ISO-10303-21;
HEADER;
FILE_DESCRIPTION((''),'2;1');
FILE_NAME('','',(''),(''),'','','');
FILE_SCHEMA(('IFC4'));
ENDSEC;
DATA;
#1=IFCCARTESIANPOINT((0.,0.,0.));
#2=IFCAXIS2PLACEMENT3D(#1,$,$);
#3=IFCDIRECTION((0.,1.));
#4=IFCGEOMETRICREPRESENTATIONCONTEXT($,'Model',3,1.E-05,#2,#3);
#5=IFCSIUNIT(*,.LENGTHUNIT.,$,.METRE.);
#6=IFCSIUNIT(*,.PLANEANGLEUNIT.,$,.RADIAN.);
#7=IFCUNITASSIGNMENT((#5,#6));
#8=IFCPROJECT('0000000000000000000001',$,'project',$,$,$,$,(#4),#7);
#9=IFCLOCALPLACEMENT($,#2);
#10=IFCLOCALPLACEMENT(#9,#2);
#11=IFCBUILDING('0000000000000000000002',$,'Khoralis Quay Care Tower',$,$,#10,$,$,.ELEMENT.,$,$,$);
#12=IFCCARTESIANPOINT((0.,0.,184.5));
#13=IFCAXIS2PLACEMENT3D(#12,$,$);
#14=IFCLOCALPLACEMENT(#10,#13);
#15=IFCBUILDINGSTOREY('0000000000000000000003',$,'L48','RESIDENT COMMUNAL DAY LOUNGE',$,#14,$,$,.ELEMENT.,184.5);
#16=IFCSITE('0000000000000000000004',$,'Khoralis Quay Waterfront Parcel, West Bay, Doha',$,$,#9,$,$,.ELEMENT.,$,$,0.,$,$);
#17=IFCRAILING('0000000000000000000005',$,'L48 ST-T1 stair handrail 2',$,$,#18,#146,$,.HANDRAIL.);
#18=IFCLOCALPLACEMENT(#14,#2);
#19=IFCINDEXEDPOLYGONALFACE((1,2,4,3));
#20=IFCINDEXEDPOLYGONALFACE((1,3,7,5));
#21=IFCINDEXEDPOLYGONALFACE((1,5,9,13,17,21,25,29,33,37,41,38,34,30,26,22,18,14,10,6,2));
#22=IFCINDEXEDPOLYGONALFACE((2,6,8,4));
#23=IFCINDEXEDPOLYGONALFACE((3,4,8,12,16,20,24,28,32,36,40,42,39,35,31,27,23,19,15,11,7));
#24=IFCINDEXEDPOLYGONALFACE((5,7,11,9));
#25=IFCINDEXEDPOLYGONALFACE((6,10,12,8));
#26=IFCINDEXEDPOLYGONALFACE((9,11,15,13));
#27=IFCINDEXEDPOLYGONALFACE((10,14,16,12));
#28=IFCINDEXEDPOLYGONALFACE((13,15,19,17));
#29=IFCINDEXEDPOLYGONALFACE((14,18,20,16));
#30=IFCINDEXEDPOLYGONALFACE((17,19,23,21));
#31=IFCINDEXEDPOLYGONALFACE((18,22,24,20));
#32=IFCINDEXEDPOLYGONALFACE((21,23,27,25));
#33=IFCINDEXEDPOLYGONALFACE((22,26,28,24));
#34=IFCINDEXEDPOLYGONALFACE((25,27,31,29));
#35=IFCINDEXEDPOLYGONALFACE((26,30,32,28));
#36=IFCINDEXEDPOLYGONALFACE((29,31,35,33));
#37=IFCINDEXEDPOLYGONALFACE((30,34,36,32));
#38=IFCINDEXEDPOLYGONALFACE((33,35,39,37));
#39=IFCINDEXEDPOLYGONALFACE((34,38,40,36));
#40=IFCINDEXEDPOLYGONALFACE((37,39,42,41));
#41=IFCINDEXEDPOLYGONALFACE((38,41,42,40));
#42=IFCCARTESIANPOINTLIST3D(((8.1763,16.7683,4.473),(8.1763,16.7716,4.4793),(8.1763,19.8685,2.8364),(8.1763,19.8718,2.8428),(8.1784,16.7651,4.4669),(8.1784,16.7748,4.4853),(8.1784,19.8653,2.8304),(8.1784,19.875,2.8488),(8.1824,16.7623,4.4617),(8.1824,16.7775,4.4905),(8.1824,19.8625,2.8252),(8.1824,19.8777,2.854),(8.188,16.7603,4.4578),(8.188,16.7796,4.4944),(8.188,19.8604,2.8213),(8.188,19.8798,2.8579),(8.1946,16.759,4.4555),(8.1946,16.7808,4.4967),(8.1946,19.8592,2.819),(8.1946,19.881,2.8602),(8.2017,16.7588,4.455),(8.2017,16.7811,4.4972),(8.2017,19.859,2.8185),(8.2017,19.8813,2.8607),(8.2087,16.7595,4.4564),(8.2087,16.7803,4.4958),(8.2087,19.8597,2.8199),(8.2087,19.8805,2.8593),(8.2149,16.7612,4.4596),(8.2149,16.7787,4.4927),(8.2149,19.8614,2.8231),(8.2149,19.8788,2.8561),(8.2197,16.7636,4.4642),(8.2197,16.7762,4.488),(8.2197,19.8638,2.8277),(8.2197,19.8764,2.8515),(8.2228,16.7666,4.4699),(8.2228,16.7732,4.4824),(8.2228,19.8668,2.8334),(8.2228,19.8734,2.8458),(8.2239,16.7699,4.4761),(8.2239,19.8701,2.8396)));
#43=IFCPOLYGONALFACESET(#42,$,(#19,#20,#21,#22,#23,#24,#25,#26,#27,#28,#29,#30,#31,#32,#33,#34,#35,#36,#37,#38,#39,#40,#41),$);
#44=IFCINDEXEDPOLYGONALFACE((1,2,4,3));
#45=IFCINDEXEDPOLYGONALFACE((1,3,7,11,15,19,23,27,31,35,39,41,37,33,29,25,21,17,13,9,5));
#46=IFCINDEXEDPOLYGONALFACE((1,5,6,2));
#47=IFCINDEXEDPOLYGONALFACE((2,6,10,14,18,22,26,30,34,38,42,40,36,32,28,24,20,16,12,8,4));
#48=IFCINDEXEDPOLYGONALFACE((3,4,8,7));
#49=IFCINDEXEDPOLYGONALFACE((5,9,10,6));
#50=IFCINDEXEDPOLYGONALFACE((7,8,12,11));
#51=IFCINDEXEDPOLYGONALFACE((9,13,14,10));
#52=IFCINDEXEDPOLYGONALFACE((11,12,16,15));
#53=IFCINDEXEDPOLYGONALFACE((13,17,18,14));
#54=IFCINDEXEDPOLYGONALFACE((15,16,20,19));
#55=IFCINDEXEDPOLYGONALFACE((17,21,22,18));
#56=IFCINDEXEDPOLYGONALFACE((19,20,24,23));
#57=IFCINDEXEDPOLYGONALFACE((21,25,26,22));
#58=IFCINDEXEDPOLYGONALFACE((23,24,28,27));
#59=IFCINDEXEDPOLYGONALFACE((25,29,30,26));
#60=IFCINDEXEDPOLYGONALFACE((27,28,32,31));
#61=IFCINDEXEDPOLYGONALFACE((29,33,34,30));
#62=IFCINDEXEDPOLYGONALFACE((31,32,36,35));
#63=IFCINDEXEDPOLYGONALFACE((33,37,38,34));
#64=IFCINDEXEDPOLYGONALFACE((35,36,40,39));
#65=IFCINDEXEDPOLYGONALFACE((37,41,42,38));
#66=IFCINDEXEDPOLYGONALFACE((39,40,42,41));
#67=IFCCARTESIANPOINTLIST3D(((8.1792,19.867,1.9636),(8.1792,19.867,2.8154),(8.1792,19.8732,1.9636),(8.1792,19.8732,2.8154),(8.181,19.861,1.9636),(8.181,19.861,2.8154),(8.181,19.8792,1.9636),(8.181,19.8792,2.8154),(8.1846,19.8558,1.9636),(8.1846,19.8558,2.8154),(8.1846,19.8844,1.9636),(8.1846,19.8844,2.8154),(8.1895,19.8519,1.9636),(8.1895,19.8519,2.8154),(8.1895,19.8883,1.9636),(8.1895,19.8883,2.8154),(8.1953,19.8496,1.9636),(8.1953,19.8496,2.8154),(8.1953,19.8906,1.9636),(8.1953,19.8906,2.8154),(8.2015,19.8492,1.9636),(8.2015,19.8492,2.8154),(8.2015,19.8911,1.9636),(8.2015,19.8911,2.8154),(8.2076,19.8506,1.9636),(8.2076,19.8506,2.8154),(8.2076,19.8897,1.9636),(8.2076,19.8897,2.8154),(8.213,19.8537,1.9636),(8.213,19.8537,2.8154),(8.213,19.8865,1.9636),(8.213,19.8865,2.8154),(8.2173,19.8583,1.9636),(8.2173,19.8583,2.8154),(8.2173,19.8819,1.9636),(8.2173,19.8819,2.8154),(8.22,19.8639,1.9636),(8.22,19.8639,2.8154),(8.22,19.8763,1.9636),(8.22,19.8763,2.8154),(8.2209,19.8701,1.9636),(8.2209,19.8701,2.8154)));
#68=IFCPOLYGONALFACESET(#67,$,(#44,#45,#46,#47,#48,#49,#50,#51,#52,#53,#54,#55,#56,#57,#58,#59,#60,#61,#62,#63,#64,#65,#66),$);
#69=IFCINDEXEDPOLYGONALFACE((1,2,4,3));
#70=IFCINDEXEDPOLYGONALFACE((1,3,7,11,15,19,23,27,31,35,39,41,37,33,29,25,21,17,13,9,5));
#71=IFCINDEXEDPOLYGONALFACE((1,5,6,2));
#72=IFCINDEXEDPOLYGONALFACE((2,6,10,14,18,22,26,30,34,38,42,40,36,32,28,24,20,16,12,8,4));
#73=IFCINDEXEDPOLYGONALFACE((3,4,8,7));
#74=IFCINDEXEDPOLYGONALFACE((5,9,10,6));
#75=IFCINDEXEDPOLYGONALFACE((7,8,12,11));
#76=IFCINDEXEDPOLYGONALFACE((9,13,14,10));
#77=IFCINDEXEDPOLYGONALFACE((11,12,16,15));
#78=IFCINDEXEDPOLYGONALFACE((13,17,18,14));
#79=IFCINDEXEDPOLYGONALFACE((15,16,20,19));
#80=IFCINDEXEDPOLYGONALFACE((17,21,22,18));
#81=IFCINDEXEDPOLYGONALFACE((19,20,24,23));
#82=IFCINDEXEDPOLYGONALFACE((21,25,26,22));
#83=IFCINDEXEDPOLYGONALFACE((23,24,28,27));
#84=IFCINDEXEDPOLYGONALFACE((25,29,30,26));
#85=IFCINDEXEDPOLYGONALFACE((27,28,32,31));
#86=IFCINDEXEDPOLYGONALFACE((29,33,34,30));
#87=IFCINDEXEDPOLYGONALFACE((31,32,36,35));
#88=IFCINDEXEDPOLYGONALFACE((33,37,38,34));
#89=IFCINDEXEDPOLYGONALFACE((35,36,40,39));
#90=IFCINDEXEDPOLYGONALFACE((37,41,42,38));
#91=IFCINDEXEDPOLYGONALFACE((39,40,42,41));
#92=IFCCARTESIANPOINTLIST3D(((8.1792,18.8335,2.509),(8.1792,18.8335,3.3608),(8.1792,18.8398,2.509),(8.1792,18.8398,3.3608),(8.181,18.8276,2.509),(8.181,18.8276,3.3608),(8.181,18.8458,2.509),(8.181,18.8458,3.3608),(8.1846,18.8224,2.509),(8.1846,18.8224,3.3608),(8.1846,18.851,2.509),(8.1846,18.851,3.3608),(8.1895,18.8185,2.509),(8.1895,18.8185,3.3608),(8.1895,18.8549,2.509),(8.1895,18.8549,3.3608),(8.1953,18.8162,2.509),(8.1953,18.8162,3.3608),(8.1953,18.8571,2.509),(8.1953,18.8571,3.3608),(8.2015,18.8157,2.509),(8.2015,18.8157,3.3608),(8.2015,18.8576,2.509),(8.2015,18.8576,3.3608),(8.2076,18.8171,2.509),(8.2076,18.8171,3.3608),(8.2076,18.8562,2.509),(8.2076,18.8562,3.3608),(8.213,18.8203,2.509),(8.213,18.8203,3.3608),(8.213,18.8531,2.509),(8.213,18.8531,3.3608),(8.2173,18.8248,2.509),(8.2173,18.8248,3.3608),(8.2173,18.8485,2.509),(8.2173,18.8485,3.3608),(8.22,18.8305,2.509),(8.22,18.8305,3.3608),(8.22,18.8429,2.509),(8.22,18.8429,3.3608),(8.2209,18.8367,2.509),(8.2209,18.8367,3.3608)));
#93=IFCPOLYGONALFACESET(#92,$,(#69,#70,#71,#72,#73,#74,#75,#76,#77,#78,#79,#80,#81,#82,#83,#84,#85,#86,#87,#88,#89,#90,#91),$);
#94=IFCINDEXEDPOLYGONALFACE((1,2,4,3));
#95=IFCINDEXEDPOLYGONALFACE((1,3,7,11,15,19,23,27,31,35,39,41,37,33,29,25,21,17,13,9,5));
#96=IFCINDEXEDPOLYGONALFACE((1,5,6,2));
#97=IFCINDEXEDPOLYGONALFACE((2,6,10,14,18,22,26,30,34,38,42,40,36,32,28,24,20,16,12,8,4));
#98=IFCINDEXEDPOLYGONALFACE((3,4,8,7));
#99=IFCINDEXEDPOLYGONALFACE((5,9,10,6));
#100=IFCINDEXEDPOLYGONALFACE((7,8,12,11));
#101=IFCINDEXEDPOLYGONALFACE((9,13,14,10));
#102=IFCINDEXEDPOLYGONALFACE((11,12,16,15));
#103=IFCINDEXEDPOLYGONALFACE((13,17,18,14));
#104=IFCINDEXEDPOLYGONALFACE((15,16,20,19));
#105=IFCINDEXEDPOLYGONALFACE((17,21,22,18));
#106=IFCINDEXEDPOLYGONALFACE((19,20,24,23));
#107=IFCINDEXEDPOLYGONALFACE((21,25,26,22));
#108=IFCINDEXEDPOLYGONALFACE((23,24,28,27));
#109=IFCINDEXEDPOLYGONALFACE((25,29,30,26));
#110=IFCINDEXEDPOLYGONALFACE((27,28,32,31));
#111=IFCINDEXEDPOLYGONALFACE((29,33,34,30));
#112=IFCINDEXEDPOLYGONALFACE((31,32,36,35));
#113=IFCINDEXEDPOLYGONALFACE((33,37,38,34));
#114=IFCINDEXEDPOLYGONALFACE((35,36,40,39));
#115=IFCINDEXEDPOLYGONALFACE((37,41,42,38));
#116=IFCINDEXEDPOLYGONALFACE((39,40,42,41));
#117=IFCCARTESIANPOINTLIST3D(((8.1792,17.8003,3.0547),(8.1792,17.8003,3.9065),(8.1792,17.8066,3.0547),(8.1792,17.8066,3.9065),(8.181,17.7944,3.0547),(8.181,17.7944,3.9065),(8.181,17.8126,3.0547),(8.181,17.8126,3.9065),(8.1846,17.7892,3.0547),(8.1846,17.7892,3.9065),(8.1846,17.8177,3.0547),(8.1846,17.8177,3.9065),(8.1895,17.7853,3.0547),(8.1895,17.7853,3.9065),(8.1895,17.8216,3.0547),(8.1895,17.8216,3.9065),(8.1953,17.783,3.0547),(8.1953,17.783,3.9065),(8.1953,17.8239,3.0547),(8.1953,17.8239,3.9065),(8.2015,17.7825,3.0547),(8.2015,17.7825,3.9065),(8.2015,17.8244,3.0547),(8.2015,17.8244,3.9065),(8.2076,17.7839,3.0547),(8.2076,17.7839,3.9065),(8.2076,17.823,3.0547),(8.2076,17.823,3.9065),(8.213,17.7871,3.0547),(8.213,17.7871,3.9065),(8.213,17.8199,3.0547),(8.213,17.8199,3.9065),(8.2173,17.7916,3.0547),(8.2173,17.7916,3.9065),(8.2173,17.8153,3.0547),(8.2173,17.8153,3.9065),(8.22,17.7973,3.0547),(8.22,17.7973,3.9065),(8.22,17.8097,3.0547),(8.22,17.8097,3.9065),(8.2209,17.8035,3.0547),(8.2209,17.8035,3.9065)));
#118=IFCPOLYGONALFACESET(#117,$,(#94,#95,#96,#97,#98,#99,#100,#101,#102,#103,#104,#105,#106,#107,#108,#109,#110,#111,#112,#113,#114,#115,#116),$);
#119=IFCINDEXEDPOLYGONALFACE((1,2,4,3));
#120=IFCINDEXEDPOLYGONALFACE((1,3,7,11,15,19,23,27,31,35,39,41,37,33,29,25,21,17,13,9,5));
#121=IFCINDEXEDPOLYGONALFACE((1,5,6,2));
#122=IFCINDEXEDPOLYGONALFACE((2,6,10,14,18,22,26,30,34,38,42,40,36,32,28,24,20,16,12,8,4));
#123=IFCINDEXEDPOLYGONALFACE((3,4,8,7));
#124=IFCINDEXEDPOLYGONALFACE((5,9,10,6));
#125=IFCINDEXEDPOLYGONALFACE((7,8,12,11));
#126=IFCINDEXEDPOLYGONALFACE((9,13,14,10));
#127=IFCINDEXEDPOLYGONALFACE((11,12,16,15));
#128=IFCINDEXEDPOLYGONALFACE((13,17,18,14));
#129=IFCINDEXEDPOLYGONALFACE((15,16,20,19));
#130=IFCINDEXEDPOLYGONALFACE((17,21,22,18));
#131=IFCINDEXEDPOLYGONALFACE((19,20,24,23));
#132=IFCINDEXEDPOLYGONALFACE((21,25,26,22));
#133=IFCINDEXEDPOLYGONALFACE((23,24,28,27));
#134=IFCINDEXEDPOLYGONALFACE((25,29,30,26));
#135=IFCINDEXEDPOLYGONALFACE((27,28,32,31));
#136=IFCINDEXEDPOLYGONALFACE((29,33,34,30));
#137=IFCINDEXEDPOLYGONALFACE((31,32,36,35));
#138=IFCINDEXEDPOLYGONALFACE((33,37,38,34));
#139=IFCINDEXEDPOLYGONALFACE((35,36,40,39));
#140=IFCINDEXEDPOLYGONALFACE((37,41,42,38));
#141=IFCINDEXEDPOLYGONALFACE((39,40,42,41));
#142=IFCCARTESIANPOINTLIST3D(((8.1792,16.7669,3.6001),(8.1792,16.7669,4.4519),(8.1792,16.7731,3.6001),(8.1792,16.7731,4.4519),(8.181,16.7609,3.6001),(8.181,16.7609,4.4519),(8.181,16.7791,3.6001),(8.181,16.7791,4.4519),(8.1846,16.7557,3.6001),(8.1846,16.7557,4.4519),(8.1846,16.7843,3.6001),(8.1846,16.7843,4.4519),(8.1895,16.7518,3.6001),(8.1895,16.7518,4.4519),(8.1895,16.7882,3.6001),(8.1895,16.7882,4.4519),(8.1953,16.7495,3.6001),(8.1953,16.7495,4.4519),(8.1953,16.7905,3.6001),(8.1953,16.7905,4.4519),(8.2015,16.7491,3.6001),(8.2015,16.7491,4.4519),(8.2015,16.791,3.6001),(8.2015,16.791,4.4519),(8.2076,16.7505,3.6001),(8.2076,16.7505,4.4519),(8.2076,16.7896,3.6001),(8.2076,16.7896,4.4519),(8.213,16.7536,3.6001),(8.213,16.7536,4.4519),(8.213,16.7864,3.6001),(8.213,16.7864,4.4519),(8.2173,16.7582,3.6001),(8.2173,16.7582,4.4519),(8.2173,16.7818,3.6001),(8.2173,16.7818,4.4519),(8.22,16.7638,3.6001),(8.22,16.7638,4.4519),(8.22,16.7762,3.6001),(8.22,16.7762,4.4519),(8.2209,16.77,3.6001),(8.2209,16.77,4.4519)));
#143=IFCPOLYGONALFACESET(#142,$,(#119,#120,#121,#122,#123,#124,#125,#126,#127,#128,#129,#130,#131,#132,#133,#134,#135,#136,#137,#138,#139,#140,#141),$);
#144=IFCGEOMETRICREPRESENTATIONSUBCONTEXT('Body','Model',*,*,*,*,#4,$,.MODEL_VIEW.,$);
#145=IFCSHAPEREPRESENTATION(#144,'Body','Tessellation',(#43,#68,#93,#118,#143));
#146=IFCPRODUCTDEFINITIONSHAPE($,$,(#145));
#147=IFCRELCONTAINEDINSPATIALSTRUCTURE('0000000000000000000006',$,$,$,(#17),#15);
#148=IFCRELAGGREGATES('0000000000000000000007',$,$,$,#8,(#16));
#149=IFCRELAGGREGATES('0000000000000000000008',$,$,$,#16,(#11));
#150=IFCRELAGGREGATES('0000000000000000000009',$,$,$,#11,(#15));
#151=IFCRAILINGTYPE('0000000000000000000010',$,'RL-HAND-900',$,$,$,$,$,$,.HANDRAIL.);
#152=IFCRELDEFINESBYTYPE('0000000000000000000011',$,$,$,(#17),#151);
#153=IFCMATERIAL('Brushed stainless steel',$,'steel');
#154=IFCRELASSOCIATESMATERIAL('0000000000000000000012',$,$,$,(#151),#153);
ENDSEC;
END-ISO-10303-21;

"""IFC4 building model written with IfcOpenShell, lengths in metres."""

from ifc_helpers import new_model, si_unit, direction, frame, origin, origin_2d, place, context, subcontext, project, spatial, circle, extrude, material, type_object, element, save


model = new_model("IFC4")

# Units and contexts
model_context = context("Model", 3, precision=1e-05, world=origin(), true_north=direction((0.0, 1.0)))
body_context = subcontext(model_context, "Body", "Model", "MODEL_VIEW")
ifc_project = project(units=[si_unit("LENGTHUNIT", "METRE"), si_unit("PLANEANGLEUNIT", "RADIAN")], contexts=[model_context])

# Site, building, storey
site_placement = place(None, origin())
site = spatial("IfcSite", under=ifc_project, at=site_placement, Name="Khoralis Quay Waterfront Parcel, West Bay, Doha", CompositionType="ELEMENT", RefElevation=0.0)
building_placement = place(site_placement, origin())
building = spatial("IfcBuilding", under=site, at=building_placement, Name="Khoralis Quay Care Tower", CompositionType="ELEMENT")
storey_placement = place(building_placement, frame((0.0, 0.0, 184.5)))
storey = spatial("IfcBuildingStorey", under=building, at=storey_placement, Name="L48", Description="RESIDENT COMMUNAL DAY LOUNGE", CompositionType="ELEMENT", Elevation=184.5)

# Railing
ifc_material_1 = material(Name="Brushed stainless steel", Category="steel")
railing_type_1 = type_object("IfcRailingType", Name="RL-HAND-900", PredefinedType="HANDRAIL", material=ifc_material_1)
railing_1_placement = place(storey_placement, frame((8.2, 19.8701, 1.9636)))
element("IfcRailing", 1, at=railing_1_placement, inside=storey, type_object=railing_type_1, Name="L48 ST-T1 stair handrail 2", PredefinedType="HANDRAIL", context=body_context, shape_type="SweptSolid", body=[
    extrude(circle(Radius=0.0239, at=origin_2d()), frame((0.0, 0.0, 0.876), z_axis=(0.0, -0.884348, 0.466828), x_axis=(1.0, 0.0, 0.0)), (0.0, 0.0, 1.0), 3.5056),
    extrude(circle(Radius=0.021, at=origin_2d()), origin(), (0.0, 0.0, 1.0), 0.8518),
    extrude(circle(Radius=0.021, at=origin_2d()), frame((0.0, -1.0334, 0.5454)), (0.0, 0.0, 1.0), 0.8518),
    extrude(circle(Radius=0.021, at=origin_2d()), frame((0.0, -2.0667, 1.0911)), (0.0, 0.0, 1.0), 0.8518),
    extrude(circle(Radius=0.021, at=origin_2d()), frame((0.0, -3.1001, 1.6365)), (0.0, 0.0, 1.0), 0.8518),
])

save(model, "model.ifc")
